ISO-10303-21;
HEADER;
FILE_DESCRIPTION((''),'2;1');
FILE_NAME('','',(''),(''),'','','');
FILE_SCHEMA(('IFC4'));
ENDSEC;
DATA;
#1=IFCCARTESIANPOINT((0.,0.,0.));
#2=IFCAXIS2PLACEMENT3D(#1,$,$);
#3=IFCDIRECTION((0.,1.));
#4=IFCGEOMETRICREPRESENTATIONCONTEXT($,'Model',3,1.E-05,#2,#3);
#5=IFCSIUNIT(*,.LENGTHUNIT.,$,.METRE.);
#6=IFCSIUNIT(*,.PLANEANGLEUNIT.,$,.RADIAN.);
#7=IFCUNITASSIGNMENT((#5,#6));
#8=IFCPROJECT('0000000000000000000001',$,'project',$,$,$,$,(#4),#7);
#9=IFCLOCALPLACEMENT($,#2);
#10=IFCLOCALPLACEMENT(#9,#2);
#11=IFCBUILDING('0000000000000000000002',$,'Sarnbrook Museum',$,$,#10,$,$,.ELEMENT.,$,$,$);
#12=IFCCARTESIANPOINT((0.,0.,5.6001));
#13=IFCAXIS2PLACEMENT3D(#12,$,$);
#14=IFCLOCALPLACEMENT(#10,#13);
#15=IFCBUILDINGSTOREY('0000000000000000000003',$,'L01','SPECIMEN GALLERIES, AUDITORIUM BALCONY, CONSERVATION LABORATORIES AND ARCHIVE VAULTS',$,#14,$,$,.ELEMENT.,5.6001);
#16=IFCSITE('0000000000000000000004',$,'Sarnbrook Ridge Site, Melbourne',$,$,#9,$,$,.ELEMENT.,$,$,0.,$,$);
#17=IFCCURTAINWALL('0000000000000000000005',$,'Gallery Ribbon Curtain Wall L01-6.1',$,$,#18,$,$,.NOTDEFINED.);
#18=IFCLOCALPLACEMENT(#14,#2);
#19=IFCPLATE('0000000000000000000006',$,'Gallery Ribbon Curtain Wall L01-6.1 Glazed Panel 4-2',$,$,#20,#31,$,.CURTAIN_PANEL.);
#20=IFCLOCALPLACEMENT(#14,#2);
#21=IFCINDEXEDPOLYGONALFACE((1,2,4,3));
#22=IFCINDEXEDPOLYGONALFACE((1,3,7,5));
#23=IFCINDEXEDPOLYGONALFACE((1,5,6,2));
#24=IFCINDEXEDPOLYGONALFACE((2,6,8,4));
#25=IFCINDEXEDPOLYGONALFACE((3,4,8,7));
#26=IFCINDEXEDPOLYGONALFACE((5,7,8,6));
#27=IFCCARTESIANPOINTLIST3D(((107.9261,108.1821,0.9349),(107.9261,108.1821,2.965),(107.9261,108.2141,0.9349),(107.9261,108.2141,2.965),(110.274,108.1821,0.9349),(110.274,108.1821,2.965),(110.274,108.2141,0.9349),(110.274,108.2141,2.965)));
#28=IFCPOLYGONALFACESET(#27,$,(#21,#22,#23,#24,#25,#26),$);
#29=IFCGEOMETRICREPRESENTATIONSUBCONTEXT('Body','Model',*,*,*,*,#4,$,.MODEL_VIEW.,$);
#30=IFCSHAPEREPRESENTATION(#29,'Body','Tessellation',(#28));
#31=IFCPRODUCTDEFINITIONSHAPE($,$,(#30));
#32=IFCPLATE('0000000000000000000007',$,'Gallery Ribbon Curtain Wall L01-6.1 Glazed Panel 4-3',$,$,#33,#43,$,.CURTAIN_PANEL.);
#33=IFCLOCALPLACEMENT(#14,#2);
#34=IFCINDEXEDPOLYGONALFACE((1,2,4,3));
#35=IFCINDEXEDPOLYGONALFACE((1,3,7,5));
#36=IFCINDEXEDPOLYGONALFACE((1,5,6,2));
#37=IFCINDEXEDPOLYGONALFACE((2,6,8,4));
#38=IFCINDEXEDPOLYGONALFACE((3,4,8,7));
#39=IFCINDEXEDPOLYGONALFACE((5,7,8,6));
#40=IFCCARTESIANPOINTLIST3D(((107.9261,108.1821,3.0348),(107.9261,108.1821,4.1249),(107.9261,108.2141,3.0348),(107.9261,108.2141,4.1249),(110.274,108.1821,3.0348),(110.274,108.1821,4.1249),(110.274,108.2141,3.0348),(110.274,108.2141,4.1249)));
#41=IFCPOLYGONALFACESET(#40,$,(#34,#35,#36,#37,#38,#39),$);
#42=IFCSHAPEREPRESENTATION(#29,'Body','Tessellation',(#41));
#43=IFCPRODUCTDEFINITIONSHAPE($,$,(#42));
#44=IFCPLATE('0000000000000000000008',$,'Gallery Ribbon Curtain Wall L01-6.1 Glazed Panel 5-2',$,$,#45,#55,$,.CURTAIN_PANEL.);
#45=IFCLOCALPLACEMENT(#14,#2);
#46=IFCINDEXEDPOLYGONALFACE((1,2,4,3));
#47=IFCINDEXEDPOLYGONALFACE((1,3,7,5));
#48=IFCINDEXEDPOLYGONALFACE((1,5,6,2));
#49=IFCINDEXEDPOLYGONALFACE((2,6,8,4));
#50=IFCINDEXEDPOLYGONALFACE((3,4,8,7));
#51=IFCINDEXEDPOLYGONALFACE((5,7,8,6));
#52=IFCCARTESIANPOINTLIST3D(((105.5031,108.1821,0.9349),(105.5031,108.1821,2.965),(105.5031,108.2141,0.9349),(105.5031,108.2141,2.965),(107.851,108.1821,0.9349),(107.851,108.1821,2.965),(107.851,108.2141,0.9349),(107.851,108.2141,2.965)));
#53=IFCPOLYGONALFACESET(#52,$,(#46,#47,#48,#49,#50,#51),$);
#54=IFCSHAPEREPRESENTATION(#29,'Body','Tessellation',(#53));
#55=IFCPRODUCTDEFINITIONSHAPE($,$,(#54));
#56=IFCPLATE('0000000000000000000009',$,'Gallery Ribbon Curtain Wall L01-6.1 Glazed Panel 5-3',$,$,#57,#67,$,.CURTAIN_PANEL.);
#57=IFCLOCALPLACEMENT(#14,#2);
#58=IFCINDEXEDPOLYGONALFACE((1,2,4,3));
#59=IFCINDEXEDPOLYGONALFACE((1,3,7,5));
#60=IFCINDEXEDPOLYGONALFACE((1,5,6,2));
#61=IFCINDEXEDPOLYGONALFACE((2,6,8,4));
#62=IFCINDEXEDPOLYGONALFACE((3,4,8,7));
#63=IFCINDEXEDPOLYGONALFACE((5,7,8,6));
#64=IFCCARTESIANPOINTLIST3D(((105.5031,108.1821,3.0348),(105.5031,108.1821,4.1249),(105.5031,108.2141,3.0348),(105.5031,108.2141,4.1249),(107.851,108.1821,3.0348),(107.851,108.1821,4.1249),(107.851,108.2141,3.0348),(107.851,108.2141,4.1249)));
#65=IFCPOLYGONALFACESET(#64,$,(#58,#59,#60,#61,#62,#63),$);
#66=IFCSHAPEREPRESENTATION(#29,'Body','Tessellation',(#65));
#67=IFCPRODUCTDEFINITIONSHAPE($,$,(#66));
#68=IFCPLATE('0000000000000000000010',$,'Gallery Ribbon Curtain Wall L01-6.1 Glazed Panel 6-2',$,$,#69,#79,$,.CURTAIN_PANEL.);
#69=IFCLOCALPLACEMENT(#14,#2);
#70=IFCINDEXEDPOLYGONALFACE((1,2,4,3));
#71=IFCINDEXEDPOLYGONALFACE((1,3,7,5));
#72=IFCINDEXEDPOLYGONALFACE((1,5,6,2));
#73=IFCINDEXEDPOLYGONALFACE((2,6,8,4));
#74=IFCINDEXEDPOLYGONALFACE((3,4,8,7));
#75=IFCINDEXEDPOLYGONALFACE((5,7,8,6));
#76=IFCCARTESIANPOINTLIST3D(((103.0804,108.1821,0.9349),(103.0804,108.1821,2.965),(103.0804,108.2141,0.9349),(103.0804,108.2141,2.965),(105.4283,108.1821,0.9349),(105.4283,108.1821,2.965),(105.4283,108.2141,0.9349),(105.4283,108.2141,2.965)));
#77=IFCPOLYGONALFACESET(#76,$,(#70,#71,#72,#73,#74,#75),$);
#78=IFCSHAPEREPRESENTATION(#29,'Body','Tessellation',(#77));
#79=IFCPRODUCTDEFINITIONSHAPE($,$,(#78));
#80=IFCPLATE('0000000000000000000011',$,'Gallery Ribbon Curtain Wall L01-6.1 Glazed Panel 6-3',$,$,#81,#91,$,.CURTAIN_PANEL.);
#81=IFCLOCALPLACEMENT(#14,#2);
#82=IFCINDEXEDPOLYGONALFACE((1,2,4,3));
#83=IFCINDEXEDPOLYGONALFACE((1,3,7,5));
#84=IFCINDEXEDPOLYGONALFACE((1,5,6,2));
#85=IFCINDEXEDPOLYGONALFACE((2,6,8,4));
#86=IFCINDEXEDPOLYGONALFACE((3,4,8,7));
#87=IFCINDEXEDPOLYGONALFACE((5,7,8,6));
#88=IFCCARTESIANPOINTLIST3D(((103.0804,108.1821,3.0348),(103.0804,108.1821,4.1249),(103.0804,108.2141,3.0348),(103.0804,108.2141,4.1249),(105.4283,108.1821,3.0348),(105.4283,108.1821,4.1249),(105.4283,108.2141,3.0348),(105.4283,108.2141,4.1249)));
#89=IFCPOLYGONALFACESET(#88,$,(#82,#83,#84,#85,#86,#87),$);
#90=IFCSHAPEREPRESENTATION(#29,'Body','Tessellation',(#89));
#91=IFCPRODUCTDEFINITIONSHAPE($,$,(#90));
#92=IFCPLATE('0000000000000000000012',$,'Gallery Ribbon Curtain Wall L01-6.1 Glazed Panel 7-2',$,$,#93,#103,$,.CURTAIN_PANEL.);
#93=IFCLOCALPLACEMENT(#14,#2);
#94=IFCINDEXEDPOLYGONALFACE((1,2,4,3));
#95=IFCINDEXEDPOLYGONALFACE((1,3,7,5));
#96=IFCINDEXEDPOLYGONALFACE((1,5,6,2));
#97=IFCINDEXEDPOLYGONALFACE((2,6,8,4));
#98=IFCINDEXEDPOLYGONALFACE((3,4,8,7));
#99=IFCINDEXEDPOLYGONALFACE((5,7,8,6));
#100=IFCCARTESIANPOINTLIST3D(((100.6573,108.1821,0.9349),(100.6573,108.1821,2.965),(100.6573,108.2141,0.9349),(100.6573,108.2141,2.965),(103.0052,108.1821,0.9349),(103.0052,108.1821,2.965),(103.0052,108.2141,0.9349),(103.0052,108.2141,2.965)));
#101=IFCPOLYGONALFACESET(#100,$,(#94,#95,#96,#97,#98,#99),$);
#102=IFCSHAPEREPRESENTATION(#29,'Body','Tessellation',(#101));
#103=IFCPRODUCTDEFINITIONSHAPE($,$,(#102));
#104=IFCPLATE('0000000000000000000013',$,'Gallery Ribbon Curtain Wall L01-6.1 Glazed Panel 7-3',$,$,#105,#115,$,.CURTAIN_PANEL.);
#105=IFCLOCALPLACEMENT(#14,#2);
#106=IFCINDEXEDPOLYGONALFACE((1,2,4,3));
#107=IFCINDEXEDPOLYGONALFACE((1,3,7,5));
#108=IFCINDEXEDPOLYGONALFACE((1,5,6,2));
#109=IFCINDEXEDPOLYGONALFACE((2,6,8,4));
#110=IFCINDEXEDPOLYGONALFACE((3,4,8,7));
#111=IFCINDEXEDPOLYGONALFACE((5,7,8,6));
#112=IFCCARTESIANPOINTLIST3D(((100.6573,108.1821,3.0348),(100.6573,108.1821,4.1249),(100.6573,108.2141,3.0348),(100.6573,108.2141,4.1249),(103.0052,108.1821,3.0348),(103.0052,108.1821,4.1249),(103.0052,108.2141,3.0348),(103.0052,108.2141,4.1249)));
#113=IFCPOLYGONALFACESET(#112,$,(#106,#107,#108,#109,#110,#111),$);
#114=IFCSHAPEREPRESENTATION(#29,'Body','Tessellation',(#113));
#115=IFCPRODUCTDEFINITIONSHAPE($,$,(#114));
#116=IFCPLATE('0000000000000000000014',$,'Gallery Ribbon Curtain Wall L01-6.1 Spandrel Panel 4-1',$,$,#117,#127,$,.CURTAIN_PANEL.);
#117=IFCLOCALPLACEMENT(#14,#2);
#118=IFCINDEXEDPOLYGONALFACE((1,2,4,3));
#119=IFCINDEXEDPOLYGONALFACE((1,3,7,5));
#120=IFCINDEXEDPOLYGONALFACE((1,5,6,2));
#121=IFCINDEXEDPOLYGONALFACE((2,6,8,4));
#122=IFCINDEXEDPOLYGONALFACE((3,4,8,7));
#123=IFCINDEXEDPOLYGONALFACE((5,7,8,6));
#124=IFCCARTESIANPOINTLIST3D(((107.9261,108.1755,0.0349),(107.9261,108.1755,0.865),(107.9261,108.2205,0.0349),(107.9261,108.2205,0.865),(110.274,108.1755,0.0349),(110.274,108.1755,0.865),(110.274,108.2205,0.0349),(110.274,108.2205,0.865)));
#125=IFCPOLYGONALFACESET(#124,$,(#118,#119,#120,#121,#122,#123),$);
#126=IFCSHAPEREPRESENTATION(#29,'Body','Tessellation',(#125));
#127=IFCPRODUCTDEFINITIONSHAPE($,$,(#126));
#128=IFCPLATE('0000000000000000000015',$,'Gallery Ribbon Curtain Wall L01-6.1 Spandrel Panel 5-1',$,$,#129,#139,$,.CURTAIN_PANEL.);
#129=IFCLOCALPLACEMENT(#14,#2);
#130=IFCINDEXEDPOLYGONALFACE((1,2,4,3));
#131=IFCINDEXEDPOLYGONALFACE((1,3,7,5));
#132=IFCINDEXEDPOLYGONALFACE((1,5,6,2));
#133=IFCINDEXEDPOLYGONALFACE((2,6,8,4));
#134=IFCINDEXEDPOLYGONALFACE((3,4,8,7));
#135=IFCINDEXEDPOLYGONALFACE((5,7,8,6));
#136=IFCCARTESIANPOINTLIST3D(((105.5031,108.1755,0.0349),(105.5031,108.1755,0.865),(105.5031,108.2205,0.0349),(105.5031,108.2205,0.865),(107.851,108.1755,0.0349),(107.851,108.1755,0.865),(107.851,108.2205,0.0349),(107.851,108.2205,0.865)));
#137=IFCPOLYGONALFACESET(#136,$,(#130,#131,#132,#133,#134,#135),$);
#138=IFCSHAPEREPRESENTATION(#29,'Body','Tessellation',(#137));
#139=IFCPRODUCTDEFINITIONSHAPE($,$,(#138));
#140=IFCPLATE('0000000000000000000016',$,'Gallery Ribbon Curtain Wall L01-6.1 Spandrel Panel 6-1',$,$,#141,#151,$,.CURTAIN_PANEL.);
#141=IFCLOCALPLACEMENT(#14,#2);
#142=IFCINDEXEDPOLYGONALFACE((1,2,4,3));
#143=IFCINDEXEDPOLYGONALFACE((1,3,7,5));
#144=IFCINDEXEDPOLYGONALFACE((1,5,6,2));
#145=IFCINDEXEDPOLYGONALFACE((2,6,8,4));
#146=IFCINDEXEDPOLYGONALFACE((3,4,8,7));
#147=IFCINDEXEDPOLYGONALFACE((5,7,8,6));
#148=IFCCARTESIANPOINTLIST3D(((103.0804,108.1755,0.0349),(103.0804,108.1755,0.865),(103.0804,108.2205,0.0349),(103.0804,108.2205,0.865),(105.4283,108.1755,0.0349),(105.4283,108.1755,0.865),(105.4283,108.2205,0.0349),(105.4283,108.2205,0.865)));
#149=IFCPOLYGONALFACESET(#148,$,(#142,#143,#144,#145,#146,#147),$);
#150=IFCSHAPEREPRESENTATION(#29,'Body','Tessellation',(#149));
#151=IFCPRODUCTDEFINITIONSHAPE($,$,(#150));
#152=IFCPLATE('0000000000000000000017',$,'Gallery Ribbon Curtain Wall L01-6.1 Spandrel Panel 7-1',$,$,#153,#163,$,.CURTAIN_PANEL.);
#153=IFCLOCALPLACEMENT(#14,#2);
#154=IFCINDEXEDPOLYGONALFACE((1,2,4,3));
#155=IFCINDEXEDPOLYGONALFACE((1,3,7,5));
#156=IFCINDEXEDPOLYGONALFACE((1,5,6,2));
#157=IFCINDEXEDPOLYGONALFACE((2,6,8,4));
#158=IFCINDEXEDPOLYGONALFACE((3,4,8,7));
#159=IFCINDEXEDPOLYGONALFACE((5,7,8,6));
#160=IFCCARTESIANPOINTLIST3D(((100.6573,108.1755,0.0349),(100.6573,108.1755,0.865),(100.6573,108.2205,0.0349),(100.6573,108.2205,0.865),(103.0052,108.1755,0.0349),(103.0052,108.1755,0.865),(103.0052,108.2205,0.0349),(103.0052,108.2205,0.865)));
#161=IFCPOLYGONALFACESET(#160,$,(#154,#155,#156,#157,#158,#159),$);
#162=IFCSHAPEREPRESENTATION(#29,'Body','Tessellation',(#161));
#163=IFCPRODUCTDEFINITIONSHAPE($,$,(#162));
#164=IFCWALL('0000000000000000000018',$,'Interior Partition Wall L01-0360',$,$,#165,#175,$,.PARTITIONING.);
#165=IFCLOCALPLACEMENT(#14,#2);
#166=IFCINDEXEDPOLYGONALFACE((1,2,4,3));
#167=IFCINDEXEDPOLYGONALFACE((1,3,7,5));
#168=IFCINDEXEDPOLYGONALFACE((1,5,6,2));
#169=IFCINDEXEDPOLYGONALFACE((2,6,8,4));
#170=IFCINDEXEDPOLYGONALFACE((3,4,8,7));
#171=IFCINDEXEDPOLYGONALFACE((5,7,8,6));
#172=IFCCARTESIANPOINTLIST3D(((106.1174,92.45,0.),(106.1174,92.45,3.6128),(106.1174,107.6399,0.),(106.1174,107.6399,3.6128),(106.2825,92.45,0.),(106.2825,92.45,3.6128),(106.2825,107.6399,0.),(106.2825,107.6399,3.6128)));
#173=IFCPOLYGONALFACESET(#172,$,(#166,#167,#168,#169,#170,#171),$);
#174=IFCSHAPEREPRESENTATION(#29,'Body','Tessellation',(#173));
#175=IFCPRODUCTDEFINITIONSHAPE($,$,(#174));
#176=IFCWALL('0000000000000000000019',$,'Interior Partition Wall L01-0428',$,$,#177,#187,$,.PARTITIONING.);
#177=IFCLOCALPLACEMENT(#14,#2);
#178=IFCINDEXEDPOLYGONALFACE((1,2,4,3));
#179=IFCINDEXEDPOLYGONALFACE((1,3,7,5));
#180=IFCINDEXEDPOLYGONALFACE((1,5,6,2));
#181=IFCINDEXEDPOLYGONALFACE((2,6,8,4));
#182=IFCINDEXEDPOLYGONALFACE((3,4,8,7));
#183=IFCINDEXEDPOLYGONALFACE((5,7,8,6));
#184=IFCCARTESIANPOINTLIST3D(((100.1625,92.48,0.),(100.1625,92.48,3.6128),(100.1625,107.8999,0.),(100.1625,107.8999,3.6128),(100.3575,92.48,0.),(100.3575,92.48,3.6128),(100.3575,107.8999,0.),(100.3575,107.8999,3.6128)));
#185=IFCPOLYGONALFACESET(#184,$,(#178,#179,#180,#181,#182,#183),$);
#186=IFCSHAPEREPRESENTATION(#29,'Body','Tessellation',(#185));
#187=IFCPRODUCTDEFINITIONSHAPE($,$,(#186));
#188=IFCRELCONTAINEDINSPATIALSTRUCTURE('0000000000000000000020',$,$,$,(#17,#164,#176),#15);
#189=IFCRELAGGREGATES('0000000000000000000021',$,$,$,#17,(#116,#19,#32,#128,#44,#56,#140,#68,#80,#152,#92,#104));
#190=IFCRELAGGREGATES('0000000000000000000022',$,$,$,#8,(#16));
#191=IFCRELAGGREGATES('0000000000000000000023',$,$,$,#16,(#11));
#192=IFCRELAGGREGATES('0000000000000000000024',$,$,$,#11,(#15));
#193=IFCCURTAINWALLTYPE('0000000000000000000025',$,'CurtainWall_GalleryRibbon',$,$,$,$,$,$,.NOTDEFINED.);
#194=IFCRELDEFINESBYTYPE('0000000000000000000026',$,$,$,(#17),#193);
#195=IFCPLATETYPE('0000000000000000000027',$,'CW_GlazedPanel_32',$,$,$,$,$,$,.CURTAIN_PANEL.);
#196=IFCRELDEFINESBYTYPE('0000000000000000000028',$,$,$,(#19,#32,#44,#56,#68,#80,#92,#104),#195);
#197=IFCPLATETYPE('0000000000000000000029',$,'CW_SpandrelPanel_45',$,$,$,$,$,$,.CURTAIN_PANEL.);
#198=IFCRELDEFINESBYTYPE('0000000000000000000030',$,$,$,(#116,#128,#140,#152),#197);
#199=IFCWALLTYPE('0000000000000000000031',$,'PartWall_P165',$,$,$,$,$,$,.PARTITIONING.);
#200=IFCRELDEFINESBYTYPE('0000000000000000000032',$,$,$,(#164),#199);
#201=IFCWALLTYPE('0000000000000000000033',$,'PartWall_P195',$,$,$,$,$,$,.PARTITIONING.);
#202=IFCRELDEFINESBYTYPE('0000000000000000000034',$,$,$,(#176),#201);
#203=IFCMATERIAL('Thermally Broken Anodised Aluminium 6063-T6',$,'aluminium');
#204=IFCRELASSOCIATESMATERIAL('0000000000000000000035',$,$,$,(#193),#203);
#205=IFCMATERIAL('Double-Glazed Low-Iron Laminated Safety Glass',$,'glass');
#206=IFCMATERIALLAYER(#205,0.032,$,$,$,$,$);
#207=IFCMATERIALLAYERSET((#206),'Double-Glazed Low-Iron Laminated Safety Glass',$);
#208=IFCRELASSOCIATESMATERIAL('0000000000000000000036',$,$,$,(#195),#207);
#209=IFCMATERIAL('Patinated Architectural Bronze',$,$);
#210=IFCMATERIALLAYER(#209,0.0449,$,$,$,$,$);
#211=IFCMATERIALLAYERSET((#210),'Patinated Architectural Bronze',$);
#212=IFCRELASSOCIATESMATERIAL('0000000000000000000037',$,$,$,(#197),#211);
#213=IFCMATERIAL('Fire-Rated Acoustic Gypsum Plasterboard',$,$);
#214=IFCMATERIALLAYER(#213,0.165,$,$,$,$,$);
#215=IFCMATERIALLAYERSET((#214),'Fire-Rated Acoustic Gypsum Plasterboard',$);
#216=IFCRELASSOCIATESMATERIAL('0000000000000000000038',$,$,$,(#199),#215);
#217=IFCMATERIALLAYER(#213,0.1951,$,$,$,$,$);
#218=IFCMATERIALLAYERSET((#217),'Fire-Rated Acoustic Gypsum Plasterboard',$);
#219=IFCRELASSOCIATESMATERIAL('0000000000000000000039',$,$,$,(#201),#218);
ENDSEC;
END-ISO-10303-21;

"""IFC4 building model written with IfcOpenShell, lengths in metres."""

from ifc_helpers import new_model, si_unit, direction, frame, frame_2d, origin, origin_2d, place, context, subcontext, project, spatial, rectangle, extrude, material, layer, layer_set, type_object, element, aggregate, save


model = new_model("IFC4")

# Units and contexts
model_context = context("Model", 3, precision=1e-05, world=origin(), true_north=direction((0.0, 1.0)))
body_context = subcontext(model_context, "Body", "Model", "MODEL_VIEW")
ifc_project = project(units=[si_unit("LENGTHUNIT", "METRE"), si_unit("PLANEANGLEUNIT", "RADIAN")], contexts=[model_context])

# Site, building, storey
site_placement = place(None, origin())
site = spatial("IfcSite", under=ifc_project, at=site_placement, Name="Sarnbrook Ridge Site, Melbourne", CompositionType="ELEMENT", RefElevation=0.0)
building_placement = place(site_placement, origin())
building = spatial("IfcBuilding", under=site, at=building_placement, Name="Sarnbrook Museum", CompositionType="ELEMENT")
storey_placement = place(building_placement, frame((0.0, 0.0, 5.6001)))
storey = spatial("IfcBuildingStorey", under=building, at=storey_placement, Name="L01", Description="SPECIMEN GALLERIES, AUDITORIUM BALCONY, CONSERVATION LABORATORIES AND ARCHIVE VAULTS", CompositionType="ELEMENT", Elevation=5.6001)

# Curtain wall
ifc_material_1 = material(Name="Thermally Broken Anodised Aluminium 6063-T6", Category="aluminium")
curtain_wall_type = type_object("IfcCurtainWallType", Name="CurtainWall_GalleryRibbon", PredefinedType="NOTDEFINED", material=ifc_material_1)
curtain_wall_placement = place(storey_placement, origin())
curtain_wall = element("IfcCurtainWall", 1, at=curtain_wall_placement, inside=storey, type_object=curtain_wall_type, Name="Gallery Ribbon Curtain Wall L01-6.1", PredefinedType="NOTDEFINED")

# Plates
ifc_material_2 = material(Name="Double-Glazed Low-Iron Laminated Safety Glass", Category="glass")
ifc_layer_1 = layer(ifc_material_2, 0.032)
ifc_layer_set_1 = layer_set([ifc_layer_1], Name="Double-Glazed Low-Iron Laminated Safety Glass")
plate_type_1 = type_object("IfcPlateType", Name="CW_GlazedPanel_32", PredefinedType="CURTAIN_PANEL", material=ifc_layer_set_1)
plate_1_placement = place(storey_placement, frame((109.1001, 108.1821, 1.95), z_axis=(0.0, 1.0, 0.0), x_axis=(-1.0, 0.0, 0.0)))
plate_1 = element("IfcPlate", 2, at=plate_1_placement, type_object=plate_type_1, Name="Gallery Ribbon Curtain Wall L01-6.1 Glazed Panel 4-2", PredefinedType="CURTAIN_PANEL", context=body_context, shape_type="SweptSolid", body=[
    extrude(rectangle(XDim=2.3479, YDim=2.03, at=origin_2d()), origin(), (0.0, 0.0, 1.0), 0.032),
])
plate_2_placement = place(storey_placement, frame((109.1001, 108.1821, 3.5798), z_axis=(0.0, 1.0, 0.0), x_axis=(-1.0, 0.0, 0.0)))
plate_2 = element("IfcPlate", 3, at=plate_2_placement, type_object=plate_type_1, Name="Gallery Ribbon Curtain Wall L01-6.1 Glazed Panel 4-3", PredefinedType="CURTAIN_PANEL", context=body_context, shape_type="SweptSolid", body=[
    extrude(rectangle(XDim=2.3479, YDim=1.0901, at=origin_2d()), origin(), (0.0, 0.0, 1.0), 0.032),
])
plate_3_placement = place(storey_placement, frame((106.677, 108.1821, 1.95), z_axis=(0.0, 1.0, 0.0), x_axis=(-1.0, 0.0, 0.0)))
plate_3 = element("IfcPlate", 4, at=plate_3_placement, type_object=plate_type_1, Name="Gallery Ribbon Curtain Wall L01-6.1 Glazed Panel 5-2", PredefinedType="CURTAIN_PANEL", context=body_context, shape_type="SweptSolid", body=[
    extrude(rectangle(XDim=2.3479, YDim=2.03, at=origin_2d()), origin(), (0.0, 0.0, 1.0), 0.032),
])
plate_4_placement = place(storey_placement, frame((106.677, 108.1821, 3.5798), z_axis=(0.0, 1.0, 0.0), x_axis=(-1.0, 0.0, 0.0)))
plate_4 = element("IfcPlate", 5, at=plate_4_placement, type_object=plate_type_1, Name="Gallery Ribbon Curtain Wall L01-6.1 Glazed Panel 5-3", PredefinedType="CURTAIN_PANEL", context=body_context, shape_type="SweptSolid", body=[
    extrude(rectangle(XDim=2.3479, YDim=1.0901, at=origin_2d()), origin(), (0.0, 0.0, 1.0), 0.032),
])
plate_5_placement = place(storey_placement, frame((104.2544, 108.1821, 1.95), z_axis=(0.0, 1.0, 0.0), x_axis=(-1.0, 0.0, 0.0)))
plate_5 = element("IfcPlate", 6, at=plate_5_placement, type_object=plate_type_1, Name="Gallery Ribbon Curtain Wall L01-6.1 Glazed Panel 6-2", PredefinedType="CURTAIN_PANEL", context=body_context, shape_type="SweptSolid", body=[
    extrude(rectangle(XDim=2.3479, YDim=2.03, at=origin_2d()), origin(), (0.0, 0.0, 1.0), 0.032),
])
plate_6_placement = place(storey_placement, frame((104.2544, 108.1821, 3.5798), z_axis=(0.0, 1.0, 0.0), x_axis=(-1.0, 0.0, 0.0)))
plate_6 = element("IfcPlate", 7, at=plate_6_placement, type_object=plate_type_1, Name="Gallery Ribbon Curtain Wall L01-6.1 Glazed Panel 6-3", PredefinedType="CURTAIN_PANEL", context=body_context, shape_type="SweptSolid", body=[
    extrude(rectangle(XDim=2.3479, YDim=1.0901, at=origin_2d()), origin(), (0.0, 0.0, 1.0), 0.032),
])
plate_7_placement = place(storey_placement, frame((101.8313, 108.1821, 1.95), z_axis=(0.0, 1.0, 0.0), x_axis=(-1.0, 0.0, 0.0)))
plate_7 = element("IfcPlate", 8, at=plate_7_placement, type_object=plate_type_1, Name="Gallery Ribbon Curtain Wall L01-6.1 Glazed Panel 7-2", PredefinedType="CURTAIN_PANEL", context=body_context, shape_type="SweptSolid", body=[
    extrude(rectangle(XDim=2.3479, YDim=2.03, at=origin_2d()), origin(), (0.0, 0.0, 1.0), 0.032),
])
plate_8_placement = place(storey_placement, frame((101.8313, 108.1821, 3.5798), z_axis=(0.0, 1.0, 0.0), x_axis=(-1.0, 0.0, 0.0)))
plate_8 = element("IfcPlate", 9, at=plate_8_placement, type_object=plate_type_1, Name="Gallery Ribbon Curtain Wall L01-6.1 Glazed Panel 7-3", PredefinedType="CURTAIN_PANEL", context=body_context, shape_type="SweptSolid", body=[
    extrude(rectangle(XDim=2.3479, YDim=1.0901, at=origin_2d()), origin(), (0.0, 0.0, 1.0), 0.032),
])
ifc_material_3 = material(Name="Patinated Architectural Bronze")
ifc_layer_2 = layer(ifc_material_3, 0.0449)
ifc_layer_set_2 = layer_set([ifc_layer_2], Name="Patinated Architectural Bronze")
plate_type_2 = type_object("IfcPlateType", Name="CW_SpandrelPanel_45", PredefinedType="CURTAIN_PANEL", material=ifc_layer_set_2)
plate_9_placement = place(storey_placement, frame((109.1001, 108.1755, 0.45), z_axis=(0.0, 1.0, 0.0), x_axis=(-1.0, 0.0, 0.0)))
plate_9 = element("IfcPlate", 10, at=plate_9_placement, type_object=plate_type_2, Name="Gallery Ribbon Curtain Wall L01-6.1 Spandrel Panel 4-1", PredefinedType="CURTAIN_PANEL", context=body_context, shape_type="SweptSolid", body=[
    extrude(rectangle(XDim=2.3479, YDim=0.8301, at=origin_2d()), origin(), (0.0, 0.0, 1.0), 0.0449),
])
plate_10_placement = place(storey_placement, frame((106.677, 108.1755, 0.45), z_axis=(0.0, 1.0, 0.0), x_axis=(-1.0, 0.0, 0.0)))
plate_10 = element("IfcPlate", 11, at=plate_10_placement, type_object=plate_type_2, Name="Gallery Ribbon Curtain Wall L01-6.1 Spandrel Panel 5-1", PredefinedType="CURTAIN_PANEL", context=body_context, shape_type="SweptSolid", body=[
    extrude(rectangle(XDim=2.3479, YDim=0.8301, at=origin_2d()), origin(), (0.0, 0.0, 1.0), 0.0449),
])
plate_11_placement = place(storey_placement, frame((104.2544, 108.1755, 0.45), z_axis=(0.0, 1.0, 0.0), x_axis=(-1.0, 0.0, 0.0)))
plate_11 = element("IfcPlate", 12, at=plate_11_placement, type_object=plate_type_2, Name="Gallery Ribbon Curtain Wall L01-6.1 Spandrel Panel 6-1", PredefinedType="CURTAIN_PANEL", context=body_context, shape_type="SweptSolid", body=[
    extrude(rectangle(XDim=2.3479, YDim=0.8301, at=origin_2d()), origin(), (0.0, 0.0, 1.0), 0.0449),
])
plate_12_placement = place(storey_placement, frame((101.8313, 108.1755, 0.45), z_axis=(0.0, 1.0, 0.0), x_axis=(-1.0, 0.0, 0.0)))
plate_12 = element("IfcPlate", 13, at=plate_12_placement, type_object=plate_type_2, Name="Gallery Ribbon Curtain Wall L01-6.1 Spandrel Panel 7-1", PredefinedType="CURTAIN_PANEL", context=body_context, shape_type="SweptSolid", body=[
    extrude(rectangle(XDim=2.3479, YDim=0.8301, at=origin_2d()), origin(), (0.0, 0.0, 1.0), 0.0449),
])
aggregate(curtain_wall, [plate_9, plate_1, plate_2, plate_10, plate_3, plate_4, plate_11, plate_5, plate_6, plate_12, plate_7, plate_8])

# Walls
ifc_material_4 = material(Name="Fire-Rated Acoustic Gypsum Plasterboard")
ifc_layer_3 = layer(ifc_material_4, 0.165)
ifc_layer_set_3 = layer_set([ifc_layer_3], Name="Fire-Rated Acoustic Gypsum Plasterboard")
wall_type_1 = type_object("IfcWallType", Name="PartWall_P165", PredefinedType="PARTITIONING", material=ifc_layer_set_3)
wall_1_placement = place(storey_placement, frame((106.2, 107.6399, 0.0), z_axis=(0.0, 0.0, 1.0), x_axis=(0.0, -1.0, 0.0)))
element("IfcWall", 14, at=wall_1_placement, inside=storey, type_object=wall_type_1, Name="Interior Partition Wall L01-0360", PredefinedType="PARTITIONING", context=body_context, shape_type="SweptSolid", body=[
    extrude(rectangle(XDim=15.1899, YDim=0.165, at=frame_2d((7.595, 0.0))), origin(), (0.0, 0.0, 1.0), 3.6128),
])
ifc_layer_4 = layer(ifc_material_4, 0.1951)
ifc_layer_set_4 = layer_set([ifc_layer_4], Name="Fire-Rated Acoustic Gypsum Plasterboard")
wall_type_2 = type_object("IfcWallType", Name="PartWall_P195", PredefinedType="PARTITIONING", material=ifc_layer_set_4)
wall_2_placement = place(storey_placement, frame((100.26, 107.8999, 0.0), z_axis=(0.0, 0.0, 1.0), x_axis=(0.0, -1.0, 0.0)))
element("IfcWall", 15, at=wall_2_placement, inside=storey, type_object=wall_type_2, Name="Interior Partition Wall L01-0428", PredefinedType="PARTITIONING", context=body_context, shape_type="SweptSolid", body=[
    extrude(rectangle(XDim=15.4199, YDim=0.1951, at=frame_2d((7.71, 0.0))), origin(), (0.0, 0.0, 1.0), 3.6128),
])

save(model, "model.ifc")
